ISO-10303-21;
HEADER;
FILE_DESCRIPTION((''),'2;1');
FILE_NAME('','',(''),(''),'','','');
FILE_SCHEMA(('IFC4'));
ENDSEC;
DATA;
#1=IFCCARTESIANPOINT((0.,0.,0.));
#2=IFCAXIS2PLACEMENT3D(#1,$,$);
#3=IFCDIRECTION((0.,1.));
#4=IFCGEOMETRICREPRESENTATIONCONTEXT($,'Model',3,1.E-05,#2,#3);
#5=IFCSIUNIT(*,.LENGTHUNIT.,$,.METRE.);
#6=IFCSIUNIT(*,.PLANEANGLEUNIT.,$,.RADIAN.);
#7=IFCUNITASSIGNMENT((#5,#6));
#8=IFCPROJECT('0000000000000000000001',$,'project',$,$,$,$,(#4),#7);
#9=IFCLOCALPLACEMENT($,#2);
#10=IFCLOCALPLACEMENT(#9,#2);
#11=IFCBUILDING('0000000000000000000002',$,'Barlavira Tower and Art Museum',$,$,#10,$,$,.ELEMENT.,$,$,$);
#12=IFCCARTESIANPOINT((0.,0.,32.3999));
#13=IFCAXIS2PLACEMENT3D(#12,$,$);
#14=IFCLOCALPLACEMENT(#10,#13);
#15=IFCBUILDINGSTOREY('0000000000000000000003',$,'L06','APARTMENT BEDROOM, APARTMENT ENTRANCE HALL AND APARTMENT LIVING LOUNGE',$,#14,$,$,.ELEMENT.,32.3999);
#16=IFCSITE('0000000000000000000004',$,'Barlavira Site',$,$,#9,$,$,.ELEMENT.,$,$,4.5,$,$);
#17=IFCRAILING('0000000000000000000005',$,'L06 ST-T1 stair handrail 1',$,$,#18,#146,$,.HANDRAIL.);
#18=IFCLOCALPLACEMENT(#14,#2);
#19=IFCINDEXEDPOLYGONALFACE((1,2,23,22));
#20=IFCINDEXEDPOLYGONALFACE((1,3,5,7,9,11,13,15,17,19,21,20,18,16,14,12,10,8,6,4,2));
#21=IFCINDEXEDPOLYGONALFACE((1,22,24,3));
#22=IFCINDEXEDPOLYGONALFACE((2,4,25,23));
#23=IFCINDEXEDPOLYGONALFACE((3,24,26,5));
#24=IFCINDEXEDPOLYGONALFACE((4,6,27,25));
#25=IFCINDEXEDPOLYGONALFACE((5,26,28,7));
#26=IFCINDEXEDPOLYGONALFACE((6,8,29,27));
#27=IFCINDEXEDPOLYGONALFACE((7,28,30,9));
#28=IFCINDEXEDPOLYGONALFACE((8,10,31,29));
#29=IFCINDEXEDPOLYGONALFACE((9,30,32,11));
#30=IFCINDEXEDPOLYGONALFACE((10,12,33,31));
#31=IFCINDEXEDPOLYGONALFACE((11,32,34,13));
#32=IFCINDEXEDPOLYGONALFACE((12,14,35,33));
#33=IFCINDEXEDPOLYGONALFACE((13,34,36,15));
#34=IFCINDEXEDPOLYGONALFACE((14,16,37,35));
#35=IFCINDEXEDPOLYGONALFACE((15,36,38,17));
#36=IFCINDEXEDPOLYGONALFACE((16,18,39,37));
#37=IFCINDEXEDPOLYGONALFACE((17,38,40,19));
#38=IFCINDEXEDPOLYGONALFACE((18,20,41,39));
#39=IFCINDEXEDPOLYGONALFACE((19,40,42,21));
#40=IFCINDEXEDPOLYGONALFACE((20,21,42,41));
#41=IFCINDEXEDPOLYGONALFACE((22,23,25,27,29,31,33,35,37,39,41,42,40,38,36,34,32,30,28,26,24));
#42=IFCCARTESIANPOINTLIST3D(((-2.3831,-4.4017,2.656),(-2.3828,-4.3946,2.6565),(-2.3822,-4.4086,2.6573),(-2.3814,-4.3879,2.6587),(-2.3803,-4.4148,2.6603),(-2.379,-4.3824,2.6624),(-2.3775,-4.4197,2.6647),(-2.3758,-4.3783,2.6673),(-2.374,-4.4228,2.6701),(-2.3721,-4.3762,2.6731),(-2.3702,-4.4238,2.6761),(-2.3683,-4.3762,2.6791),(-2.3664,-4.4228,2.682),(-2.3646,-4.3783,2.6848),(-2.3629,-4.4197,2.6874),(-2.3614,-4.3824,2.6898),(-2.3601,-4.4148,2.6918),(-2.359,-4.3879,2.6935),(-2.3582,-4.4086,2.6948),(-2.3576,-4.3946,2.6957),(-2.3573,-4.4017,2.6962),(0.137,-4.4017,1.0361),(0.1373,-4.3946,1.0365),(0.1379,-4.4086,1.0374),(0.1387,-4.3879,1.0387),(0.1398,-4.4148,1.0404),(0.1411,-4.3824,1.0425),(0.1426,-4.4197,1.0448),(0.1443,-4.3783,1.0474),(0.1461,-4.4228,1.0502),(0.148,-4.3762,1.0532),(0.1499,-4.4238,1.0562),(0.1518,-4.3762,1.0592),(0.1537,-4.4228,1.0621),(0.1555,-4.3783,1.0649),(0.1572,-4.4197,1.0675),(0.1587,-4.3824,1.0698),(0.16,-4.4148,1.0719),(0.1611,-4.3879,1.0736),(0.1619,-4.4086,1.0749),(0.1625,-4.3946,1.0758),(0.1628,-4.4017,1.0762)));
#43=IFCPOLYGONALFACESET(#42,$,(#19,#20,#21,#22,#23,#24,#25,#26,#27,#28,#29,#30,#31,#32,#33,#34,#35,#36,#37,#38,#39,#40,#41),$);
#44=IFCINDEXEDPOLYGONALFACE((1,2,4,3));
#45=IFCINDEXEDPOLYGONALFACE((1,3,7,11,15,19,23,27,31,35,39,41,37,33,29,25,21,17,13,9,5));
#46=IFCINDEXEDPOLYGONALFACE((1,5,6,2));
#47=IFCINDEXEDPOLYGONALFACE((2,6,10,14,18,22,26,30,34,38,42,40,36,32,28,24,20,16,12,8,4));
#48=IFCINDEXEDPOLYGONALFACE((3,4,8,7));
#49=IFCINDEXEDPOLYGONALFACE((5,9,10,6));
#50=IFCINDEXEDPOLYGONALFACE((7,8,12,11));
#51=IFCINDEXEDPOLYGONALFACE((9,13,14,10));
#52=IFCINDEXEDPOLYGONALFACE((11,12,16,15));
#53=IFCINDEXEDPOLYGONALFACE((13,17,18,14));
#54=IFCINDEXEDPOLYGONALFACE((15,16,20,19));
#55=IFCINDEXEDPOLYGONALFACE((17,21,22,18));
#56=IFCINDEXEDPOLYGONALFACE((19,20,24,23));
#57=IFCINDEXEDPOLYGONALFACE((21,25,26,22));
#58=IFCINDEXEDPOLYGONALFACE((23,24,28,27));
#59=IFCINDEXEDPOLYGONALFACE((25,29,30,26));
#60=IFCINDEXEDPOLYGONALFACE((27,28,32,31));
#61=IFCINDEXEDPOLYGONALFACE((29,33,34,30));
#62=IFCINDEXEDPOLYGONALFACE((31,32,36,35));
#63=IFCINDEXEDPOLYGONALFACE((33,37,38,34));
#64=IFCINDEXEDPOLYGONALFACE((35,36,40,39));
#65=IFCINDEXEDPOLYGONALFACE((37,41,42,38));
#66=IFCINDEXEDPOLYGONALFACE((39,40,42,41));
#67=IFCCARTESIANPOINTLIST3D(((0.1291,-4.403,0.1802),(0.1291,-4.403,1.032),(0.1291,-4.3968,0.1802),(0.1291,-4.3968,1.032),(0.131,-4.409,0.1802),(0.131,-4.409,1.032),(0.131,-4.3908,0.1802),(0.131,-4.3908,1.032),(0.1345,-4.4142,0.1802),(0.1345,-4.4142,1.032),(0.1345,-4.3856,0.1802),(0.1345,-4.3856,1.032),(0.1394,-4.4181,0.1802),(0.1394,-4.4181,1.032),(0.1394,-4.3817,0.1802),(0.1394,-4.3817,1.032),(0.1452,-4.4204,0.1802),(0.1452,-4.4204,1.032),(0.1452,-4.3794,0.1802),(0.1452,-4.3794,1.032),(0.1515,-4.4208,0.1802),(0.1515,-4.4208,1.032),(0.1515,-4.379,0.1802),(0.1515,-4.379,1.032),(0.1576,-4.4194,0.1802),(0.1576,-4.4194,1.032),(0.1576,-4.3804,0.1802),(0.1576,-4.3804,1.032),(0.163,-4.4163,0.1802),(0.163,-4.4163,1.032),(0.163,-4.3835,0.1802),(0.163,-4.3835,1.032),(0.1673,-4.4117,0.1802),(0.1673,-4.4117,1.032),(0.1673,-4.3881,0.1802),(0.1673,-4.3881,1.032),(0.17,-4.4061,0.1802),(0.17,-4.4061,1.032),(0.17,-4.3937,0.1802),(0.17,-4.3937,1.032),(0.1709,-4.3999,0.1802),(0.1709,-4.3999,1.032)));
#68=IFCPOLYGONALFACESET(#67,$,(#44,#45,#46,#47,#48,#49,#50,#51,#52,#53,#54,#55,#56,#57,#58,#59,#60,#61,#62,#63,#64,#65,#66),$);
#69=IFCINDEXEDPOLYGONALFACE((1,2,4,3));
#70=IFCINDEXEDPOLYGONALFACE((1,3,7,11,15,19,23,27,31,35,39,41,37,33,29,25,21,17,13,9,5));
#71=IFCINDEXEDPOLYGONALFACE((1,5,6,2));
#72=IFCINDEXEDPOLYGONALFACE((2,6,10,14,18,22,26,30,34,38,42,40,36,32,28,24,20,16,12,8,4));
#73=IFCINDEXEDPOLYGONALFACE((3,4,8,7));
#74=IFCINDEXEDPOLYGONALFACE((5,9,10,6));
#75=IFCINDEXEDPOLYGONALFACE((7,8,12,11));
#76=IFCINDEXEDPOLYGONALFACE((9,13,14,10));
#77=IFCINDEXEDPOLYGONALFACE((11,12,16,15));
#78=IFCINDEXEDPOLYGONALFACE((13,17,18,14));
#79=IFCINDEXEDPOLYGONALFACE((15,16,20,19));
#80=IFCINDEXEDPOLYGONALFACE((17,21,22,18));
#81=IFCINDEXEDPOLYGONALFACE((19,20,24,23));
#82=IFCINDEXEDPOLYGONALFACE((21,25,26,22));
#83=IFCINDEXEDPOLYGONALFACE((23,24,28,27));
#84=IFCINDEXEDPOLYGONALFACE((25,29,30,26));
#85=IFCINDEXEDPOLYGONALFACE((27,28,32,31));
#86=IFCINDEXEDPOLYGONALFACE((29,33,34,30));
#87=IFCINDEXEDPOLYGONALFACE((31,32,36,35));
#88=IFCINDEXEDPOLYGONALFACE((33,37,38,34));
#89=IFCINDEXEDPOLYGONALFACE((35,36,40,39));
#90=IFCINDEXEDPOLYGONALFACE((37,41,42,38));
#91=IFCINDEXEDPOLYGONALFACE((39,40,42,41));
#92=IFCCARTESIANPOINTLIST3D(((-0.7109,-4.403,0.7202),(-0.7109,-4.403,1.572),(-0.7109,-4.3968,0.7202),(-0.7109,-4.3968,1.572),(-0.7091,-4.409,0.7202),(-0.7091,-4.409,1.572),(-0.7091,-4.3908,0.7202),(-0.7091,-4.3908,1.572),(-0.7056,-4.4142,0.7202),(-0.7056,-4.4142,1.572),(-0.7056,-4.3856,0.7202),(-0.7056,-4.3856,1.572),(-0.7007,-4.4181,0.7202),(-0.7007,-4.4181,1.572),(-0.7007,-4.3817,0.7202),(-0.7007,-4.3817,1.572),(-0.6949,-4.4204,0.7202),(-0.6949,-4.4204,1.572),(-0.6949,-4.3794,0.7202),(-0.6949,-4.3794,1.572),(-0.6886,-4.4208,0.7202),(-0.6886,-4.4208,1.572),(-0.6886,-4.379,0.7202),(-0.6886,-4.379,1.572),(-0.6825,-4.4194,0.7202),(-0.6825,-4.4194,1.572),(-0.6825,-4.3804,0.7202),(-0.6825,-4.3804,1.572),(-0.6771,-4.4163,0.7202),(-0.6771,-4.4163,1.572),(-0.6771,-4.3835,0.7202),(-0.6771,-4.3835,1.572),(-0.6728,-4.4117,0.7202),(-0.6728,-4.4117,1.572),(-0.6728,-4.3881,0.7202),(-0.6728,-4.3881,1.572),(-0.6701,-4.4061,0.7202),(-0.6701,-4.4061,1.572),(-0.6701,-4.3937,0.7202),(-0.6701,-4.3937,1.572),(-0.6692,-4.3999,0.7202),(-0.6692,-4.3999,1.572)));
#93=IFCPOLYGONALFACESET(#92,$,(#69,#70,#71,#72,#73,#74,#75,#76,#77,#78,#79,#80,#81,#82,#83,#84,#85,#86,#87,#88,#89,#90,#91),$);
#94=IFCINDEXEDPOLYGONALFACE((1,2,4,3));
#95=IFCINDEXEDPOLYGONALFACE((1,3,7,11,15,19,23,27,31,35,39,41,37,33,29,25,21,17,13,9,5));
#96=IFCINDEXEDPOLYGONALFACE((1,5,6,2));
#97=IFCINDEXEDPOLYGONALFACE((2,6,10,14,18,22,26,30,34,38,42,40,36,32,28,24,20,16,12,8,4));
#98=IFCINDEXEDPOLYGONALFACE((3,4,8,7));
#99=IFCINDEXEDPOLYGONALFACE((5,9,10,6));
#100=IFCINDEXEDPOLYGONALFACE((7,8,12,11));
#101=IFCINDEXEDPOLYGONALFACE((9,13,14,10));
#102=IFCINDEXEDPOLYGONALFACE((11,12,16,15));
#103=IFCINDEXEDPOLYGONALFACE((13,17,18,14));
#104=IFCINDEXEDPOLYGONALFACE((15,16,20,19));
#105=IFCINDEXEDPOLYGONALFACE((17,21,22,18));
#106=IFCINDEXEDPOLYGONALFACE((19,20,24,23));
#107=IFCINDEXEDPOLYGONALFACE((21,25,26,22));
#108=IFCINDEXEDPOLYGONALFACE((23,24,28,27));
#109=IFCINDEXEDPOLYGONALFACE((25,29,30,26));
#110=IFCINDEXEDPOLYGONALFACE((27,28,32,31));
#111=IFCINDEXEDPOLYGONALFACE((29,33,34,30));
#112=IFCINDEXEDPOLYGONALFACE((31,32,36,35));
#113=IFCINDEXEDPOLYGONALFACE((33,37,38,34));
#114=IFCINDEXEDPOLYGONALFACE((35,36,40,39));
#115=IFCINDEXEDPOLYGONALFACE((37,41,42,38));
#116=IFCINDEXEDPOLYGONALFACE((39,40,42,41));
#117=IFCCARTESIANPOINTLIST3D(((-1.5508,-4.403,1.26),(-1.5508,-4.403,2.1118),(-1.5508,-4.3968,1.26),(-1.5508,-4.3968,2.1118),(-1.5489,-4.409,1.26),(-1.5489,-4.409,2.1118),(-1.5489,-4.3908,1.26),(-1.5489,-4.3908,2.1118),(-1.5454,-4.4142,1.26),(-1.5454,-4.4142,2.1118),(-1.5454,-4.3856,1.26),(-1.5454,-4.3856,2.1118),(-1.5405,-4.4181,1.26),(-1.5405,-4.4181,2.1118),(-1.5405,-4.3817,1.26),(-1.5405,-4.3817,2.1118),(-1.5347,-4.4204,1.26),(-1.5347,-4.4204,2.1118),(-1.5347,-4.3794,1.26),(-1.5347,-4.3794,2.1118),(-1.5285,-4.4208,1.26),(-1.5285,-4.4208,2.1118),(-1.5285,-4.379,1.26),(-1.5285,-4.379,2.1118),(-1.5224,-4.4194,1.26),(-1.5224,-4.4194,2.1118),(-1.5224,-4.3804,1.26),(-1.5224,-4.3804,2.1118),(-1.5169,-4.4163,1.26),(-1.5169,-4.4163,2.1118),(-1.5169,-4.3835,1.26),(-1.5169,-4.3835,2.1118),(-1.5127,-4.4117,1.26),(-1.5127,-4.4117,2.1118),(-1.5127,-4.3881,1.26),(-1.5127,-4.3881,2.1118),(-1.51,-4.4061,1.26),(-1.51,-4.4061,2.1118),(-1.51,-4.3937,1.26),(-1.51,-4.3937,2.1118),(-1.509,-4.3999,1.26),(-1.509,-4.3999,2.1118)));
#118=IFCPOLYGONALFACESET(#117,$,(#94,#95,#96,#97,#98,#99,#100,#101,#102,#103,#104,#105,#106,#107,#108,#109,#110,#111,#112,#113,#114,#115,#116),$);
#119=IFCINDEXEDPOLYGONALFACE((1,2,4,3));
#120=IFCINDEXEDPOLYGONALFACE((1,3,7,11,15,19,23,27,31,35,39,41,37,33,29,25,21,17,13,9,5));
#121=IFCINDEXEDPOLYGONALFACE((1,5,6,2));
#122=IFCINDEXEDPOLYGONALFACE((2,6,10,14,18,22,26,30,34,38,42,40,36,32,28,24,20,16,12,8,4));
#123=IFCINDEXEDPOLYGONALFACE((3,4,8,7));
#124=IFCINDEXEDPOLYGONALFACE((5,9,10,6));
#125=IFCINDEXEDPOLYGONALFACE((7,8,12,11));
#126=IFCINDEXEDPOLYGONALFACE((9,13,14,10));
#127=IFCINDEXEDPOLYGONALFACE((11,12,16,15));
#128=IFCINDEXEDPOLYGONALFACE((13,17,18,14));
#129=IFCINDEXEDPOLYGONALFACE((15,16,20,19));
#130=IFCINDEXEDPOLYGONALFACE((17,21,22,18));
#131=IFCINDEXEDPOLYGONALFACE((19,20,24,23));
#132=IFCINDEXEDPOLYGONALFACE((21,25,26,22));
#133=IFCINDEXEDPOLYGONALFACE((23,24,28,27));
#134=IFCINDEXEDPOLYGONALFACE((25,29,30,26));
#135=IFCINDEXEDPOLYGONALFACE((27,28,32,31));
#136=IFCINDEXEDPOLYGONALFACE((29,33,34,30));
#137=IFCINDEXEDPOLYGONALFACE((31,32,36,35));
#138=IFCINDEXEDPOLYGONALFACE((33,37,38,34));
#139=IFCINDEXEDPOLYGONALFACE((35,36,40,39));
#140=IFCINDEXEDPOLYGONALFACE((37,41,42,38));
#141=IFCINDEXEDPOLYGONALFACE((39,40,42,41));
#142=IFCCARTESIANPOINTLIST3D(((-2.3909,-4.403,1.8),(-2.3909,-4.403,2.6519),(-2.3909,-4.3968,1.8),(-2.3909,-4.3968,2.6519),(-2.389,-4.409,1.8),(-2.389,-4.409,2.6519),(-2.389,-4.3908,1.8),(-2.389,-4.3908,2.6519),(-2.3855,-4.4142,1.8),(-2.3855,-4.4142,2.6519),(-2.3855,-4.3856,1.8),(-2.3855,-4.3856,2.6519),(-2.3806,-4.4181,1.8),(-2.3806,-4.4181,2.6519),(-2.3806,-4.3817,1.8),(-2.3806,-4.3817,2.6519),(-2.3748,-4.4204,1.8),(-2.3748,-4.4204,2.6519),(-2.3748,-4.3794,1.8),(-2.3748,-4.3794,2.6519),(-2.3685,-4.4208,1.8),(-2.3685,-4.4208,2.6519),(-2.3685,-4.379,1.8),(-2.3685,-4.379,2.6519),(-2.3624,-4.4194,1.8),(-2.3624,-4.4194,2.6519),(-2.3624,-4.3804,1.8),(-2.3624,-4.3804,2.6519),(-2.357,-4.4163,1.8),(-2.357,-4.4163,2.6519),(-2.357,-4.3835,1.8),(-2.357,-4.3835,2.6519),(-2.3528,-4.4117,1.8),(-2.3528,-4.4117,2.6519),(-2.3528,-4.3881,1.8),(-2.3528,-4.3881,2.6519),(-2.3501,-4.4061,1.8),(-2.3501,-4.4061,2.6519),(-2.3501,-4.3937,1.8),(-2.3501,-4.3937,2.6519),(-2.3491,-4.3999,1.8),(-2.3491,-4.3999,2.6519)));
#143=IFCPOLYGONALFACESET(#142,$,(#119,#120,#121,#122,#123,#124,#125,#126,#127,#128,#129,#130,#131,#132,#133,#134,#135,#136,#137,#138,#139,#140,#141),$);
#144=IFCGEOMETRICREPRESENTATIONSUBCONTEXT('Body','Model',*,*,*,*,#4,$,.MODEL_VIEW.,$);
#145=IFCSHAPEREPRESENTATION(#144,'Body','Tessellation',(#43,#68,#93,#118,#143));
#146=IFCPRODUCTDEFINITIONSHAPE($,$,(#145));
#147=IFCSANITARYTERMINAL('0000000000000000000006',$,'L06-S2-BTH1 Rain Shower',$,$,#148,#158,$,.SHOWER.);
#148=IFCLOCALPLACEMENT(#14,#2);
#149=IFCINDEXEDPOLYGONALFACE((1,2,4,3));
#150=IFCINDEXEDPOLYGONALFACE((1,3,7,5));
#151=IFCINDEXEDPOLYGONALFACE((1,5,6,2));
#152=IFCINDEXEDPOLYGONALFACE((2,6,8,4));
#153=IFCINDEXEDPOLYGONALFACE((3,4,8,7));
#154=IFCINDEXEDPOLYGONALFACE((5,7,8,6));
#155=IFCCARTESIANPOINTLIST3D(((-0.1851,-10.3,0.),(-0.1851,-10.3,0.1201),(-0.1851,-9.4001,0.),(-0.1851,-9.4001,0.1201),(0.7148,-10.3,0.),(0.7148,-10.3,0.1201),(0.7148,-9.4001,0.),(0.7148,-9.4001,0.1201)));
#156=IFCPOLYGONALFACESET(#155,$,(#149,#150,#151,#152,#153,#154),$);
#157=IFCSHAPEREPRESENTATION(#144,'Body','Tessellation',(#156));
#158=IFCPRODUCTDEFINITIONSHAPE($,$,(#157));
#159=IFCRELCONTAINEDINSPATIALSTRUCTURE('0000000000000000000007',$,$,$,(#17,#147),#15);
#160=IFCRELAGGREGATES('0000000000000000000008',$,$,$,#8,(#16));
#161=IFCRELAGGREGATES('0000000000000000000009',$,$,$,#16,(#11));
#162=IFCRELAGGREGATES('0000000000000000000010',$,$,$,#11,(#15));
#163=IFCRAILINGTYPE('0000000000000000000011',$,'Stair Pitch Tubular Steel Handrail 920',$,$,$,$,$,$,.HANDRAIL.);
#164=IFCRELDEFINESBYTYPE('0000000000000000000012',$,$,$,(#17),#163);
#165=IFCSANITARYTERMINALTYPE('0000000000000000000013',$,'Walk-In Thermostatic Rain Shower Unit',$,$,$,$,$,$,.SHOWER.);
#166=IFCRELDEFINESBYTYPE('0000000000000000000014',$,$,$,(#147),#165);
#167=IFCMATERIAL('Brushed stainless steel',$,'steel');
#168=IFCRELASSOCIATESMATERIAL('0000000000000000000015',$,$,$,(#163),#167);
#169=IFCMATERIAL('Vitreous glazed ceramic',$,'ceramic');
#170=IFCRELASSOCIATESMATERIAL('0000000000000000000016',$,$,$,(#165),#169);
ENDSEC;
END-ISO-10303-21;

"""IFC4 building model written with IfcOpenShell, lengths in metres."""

from ifc_helpers import new_model, si_unit, direction, frame, origin, origin_2d, place, context, subcontext, project, spatial, rectangle, circle, extrude, material, type_object, element, save


model = new_model("IFC4")

# Units and contexts
model_context = context("Model", 3, precision=1e-05, world=origin(), true_north=direction((0.0, 1.0)))
body_context = subcontext(model_context, "Body", "Model", "MODEL_VIEW")
ifc_project = project(units=[si_unit("LENGTHUNIT", "METRE"), si_unit("PLANEANGLEUNIT", "RADIAN")], contexts=[model_context])

# Site, building, storey
site_placement = place(None, origin())
site = spatial("IfcSite", under=ifc_project, at=site_placement, Name="Barlavira Site", CompositionType="ELEMENT", RefElevation=4.5)
building_placement = place(site_placement, origin())
building = spatial("IfcBuilding", under=site, at=building_placement, Name="Barlavira Tower and Art Museum", CompositionType="ELEMENT")
storey_placement = place(building_placement, frame((0.0, 0.0, 32.3999)))
storey = spatial("IfcBuildingStorey", under=building, at=storey_placement, Name="L06", Description="APARTMENT BEDROOM, APARTMENT ENTRANCE HALL AND APARTMENT LIVING LOUNGE", CompositionType="ELEMENT", Elevation=32.3999)

# Shared definitions
ifc_material_1 = material(Name="Brushed stainless steel", Category="steel")

# Railing
railing_type_1 = type_object("IfcRailingType", Name="Stair Pitch Tubular Steel Handrail 920", PredefinedType="HANDRAIL", material=ifc_material_1)
railing_1_placement = place(storey_placement, frame((0.1499, -4.3999, 0.1802)))
element("IfcRailing", 1, at=railing_1_placement, inside=storey, type_object=railing_type_1, Name="L06 ST-T1 stair handrail 1", PredefinedType="HANDRAIL", context=body_context, shape_type="SweptSolid", body=[
    extrude(circle(Radius=0.0239, at=origin_2d()), frame((0.0, 0.0, 0.876), z_axis=(-0.8412, 0.0, 0.540725), x_axis=(0.0, -1.0, 0.0)), (0.0, 0.0, 1.0), 2.9958),
    extrude(circle(Radius=0.021, at=origin_2d()), origin(), (0.0, 0.0, 1.0), 0.8518),
    extrude(circle(Radius=0.021, at=origin_2d()), frame((-0.8401, 0.0, 0.54)), (0.0, 0.0, 1.0), 0.8518),
    extrude(circle(Radius=0.021, at=origin_2d()), frame((-1.6799, 0.0, 1.0798)), (0.0, 0.0, 1.0), 0.8518),
    extrude(circle(Radius=0.021, at=origin_2d()), frame((-2.52, 0.0, 1.6199)), (0.0, 0.0, 1.0), 0.8518),
])

# Sanitary terminal
ifc_material_2 = material(Name="Vitreous glazed ceramic", Category="ceramic")
sanitary_terminal_type = type_object("IfcSanitaryTerminalType", Name="Walk-In Thermostatic Rain Shower Unit", PredefinedType="SHOWER", material=ifc_material_2)
sanitary_terminal_placement = place(storey_placement, frame((0.2649, -9.8501, 0.0), z_axis=(0.0, 0.0, 1.0), x_axis=(1.0, 0.0, 0.0)))
element("IfcSanitaryTerminal", 2, at=sanitary_terminal_placement, inside=storey, type_object=sanitary_terminal_type, Name="L06-S2-BTH1 Rain Shower", PredefinedType="SHOWER", context=body_context, shape_type="SweptSolid", body=[
    extrude(rectangle(XDim=0.8999, YDim=0.8999, at=origin_2d()), origin(), (0.0, 0.0, 1.0), 0.1201),
])

save(model, "model.ifc")
